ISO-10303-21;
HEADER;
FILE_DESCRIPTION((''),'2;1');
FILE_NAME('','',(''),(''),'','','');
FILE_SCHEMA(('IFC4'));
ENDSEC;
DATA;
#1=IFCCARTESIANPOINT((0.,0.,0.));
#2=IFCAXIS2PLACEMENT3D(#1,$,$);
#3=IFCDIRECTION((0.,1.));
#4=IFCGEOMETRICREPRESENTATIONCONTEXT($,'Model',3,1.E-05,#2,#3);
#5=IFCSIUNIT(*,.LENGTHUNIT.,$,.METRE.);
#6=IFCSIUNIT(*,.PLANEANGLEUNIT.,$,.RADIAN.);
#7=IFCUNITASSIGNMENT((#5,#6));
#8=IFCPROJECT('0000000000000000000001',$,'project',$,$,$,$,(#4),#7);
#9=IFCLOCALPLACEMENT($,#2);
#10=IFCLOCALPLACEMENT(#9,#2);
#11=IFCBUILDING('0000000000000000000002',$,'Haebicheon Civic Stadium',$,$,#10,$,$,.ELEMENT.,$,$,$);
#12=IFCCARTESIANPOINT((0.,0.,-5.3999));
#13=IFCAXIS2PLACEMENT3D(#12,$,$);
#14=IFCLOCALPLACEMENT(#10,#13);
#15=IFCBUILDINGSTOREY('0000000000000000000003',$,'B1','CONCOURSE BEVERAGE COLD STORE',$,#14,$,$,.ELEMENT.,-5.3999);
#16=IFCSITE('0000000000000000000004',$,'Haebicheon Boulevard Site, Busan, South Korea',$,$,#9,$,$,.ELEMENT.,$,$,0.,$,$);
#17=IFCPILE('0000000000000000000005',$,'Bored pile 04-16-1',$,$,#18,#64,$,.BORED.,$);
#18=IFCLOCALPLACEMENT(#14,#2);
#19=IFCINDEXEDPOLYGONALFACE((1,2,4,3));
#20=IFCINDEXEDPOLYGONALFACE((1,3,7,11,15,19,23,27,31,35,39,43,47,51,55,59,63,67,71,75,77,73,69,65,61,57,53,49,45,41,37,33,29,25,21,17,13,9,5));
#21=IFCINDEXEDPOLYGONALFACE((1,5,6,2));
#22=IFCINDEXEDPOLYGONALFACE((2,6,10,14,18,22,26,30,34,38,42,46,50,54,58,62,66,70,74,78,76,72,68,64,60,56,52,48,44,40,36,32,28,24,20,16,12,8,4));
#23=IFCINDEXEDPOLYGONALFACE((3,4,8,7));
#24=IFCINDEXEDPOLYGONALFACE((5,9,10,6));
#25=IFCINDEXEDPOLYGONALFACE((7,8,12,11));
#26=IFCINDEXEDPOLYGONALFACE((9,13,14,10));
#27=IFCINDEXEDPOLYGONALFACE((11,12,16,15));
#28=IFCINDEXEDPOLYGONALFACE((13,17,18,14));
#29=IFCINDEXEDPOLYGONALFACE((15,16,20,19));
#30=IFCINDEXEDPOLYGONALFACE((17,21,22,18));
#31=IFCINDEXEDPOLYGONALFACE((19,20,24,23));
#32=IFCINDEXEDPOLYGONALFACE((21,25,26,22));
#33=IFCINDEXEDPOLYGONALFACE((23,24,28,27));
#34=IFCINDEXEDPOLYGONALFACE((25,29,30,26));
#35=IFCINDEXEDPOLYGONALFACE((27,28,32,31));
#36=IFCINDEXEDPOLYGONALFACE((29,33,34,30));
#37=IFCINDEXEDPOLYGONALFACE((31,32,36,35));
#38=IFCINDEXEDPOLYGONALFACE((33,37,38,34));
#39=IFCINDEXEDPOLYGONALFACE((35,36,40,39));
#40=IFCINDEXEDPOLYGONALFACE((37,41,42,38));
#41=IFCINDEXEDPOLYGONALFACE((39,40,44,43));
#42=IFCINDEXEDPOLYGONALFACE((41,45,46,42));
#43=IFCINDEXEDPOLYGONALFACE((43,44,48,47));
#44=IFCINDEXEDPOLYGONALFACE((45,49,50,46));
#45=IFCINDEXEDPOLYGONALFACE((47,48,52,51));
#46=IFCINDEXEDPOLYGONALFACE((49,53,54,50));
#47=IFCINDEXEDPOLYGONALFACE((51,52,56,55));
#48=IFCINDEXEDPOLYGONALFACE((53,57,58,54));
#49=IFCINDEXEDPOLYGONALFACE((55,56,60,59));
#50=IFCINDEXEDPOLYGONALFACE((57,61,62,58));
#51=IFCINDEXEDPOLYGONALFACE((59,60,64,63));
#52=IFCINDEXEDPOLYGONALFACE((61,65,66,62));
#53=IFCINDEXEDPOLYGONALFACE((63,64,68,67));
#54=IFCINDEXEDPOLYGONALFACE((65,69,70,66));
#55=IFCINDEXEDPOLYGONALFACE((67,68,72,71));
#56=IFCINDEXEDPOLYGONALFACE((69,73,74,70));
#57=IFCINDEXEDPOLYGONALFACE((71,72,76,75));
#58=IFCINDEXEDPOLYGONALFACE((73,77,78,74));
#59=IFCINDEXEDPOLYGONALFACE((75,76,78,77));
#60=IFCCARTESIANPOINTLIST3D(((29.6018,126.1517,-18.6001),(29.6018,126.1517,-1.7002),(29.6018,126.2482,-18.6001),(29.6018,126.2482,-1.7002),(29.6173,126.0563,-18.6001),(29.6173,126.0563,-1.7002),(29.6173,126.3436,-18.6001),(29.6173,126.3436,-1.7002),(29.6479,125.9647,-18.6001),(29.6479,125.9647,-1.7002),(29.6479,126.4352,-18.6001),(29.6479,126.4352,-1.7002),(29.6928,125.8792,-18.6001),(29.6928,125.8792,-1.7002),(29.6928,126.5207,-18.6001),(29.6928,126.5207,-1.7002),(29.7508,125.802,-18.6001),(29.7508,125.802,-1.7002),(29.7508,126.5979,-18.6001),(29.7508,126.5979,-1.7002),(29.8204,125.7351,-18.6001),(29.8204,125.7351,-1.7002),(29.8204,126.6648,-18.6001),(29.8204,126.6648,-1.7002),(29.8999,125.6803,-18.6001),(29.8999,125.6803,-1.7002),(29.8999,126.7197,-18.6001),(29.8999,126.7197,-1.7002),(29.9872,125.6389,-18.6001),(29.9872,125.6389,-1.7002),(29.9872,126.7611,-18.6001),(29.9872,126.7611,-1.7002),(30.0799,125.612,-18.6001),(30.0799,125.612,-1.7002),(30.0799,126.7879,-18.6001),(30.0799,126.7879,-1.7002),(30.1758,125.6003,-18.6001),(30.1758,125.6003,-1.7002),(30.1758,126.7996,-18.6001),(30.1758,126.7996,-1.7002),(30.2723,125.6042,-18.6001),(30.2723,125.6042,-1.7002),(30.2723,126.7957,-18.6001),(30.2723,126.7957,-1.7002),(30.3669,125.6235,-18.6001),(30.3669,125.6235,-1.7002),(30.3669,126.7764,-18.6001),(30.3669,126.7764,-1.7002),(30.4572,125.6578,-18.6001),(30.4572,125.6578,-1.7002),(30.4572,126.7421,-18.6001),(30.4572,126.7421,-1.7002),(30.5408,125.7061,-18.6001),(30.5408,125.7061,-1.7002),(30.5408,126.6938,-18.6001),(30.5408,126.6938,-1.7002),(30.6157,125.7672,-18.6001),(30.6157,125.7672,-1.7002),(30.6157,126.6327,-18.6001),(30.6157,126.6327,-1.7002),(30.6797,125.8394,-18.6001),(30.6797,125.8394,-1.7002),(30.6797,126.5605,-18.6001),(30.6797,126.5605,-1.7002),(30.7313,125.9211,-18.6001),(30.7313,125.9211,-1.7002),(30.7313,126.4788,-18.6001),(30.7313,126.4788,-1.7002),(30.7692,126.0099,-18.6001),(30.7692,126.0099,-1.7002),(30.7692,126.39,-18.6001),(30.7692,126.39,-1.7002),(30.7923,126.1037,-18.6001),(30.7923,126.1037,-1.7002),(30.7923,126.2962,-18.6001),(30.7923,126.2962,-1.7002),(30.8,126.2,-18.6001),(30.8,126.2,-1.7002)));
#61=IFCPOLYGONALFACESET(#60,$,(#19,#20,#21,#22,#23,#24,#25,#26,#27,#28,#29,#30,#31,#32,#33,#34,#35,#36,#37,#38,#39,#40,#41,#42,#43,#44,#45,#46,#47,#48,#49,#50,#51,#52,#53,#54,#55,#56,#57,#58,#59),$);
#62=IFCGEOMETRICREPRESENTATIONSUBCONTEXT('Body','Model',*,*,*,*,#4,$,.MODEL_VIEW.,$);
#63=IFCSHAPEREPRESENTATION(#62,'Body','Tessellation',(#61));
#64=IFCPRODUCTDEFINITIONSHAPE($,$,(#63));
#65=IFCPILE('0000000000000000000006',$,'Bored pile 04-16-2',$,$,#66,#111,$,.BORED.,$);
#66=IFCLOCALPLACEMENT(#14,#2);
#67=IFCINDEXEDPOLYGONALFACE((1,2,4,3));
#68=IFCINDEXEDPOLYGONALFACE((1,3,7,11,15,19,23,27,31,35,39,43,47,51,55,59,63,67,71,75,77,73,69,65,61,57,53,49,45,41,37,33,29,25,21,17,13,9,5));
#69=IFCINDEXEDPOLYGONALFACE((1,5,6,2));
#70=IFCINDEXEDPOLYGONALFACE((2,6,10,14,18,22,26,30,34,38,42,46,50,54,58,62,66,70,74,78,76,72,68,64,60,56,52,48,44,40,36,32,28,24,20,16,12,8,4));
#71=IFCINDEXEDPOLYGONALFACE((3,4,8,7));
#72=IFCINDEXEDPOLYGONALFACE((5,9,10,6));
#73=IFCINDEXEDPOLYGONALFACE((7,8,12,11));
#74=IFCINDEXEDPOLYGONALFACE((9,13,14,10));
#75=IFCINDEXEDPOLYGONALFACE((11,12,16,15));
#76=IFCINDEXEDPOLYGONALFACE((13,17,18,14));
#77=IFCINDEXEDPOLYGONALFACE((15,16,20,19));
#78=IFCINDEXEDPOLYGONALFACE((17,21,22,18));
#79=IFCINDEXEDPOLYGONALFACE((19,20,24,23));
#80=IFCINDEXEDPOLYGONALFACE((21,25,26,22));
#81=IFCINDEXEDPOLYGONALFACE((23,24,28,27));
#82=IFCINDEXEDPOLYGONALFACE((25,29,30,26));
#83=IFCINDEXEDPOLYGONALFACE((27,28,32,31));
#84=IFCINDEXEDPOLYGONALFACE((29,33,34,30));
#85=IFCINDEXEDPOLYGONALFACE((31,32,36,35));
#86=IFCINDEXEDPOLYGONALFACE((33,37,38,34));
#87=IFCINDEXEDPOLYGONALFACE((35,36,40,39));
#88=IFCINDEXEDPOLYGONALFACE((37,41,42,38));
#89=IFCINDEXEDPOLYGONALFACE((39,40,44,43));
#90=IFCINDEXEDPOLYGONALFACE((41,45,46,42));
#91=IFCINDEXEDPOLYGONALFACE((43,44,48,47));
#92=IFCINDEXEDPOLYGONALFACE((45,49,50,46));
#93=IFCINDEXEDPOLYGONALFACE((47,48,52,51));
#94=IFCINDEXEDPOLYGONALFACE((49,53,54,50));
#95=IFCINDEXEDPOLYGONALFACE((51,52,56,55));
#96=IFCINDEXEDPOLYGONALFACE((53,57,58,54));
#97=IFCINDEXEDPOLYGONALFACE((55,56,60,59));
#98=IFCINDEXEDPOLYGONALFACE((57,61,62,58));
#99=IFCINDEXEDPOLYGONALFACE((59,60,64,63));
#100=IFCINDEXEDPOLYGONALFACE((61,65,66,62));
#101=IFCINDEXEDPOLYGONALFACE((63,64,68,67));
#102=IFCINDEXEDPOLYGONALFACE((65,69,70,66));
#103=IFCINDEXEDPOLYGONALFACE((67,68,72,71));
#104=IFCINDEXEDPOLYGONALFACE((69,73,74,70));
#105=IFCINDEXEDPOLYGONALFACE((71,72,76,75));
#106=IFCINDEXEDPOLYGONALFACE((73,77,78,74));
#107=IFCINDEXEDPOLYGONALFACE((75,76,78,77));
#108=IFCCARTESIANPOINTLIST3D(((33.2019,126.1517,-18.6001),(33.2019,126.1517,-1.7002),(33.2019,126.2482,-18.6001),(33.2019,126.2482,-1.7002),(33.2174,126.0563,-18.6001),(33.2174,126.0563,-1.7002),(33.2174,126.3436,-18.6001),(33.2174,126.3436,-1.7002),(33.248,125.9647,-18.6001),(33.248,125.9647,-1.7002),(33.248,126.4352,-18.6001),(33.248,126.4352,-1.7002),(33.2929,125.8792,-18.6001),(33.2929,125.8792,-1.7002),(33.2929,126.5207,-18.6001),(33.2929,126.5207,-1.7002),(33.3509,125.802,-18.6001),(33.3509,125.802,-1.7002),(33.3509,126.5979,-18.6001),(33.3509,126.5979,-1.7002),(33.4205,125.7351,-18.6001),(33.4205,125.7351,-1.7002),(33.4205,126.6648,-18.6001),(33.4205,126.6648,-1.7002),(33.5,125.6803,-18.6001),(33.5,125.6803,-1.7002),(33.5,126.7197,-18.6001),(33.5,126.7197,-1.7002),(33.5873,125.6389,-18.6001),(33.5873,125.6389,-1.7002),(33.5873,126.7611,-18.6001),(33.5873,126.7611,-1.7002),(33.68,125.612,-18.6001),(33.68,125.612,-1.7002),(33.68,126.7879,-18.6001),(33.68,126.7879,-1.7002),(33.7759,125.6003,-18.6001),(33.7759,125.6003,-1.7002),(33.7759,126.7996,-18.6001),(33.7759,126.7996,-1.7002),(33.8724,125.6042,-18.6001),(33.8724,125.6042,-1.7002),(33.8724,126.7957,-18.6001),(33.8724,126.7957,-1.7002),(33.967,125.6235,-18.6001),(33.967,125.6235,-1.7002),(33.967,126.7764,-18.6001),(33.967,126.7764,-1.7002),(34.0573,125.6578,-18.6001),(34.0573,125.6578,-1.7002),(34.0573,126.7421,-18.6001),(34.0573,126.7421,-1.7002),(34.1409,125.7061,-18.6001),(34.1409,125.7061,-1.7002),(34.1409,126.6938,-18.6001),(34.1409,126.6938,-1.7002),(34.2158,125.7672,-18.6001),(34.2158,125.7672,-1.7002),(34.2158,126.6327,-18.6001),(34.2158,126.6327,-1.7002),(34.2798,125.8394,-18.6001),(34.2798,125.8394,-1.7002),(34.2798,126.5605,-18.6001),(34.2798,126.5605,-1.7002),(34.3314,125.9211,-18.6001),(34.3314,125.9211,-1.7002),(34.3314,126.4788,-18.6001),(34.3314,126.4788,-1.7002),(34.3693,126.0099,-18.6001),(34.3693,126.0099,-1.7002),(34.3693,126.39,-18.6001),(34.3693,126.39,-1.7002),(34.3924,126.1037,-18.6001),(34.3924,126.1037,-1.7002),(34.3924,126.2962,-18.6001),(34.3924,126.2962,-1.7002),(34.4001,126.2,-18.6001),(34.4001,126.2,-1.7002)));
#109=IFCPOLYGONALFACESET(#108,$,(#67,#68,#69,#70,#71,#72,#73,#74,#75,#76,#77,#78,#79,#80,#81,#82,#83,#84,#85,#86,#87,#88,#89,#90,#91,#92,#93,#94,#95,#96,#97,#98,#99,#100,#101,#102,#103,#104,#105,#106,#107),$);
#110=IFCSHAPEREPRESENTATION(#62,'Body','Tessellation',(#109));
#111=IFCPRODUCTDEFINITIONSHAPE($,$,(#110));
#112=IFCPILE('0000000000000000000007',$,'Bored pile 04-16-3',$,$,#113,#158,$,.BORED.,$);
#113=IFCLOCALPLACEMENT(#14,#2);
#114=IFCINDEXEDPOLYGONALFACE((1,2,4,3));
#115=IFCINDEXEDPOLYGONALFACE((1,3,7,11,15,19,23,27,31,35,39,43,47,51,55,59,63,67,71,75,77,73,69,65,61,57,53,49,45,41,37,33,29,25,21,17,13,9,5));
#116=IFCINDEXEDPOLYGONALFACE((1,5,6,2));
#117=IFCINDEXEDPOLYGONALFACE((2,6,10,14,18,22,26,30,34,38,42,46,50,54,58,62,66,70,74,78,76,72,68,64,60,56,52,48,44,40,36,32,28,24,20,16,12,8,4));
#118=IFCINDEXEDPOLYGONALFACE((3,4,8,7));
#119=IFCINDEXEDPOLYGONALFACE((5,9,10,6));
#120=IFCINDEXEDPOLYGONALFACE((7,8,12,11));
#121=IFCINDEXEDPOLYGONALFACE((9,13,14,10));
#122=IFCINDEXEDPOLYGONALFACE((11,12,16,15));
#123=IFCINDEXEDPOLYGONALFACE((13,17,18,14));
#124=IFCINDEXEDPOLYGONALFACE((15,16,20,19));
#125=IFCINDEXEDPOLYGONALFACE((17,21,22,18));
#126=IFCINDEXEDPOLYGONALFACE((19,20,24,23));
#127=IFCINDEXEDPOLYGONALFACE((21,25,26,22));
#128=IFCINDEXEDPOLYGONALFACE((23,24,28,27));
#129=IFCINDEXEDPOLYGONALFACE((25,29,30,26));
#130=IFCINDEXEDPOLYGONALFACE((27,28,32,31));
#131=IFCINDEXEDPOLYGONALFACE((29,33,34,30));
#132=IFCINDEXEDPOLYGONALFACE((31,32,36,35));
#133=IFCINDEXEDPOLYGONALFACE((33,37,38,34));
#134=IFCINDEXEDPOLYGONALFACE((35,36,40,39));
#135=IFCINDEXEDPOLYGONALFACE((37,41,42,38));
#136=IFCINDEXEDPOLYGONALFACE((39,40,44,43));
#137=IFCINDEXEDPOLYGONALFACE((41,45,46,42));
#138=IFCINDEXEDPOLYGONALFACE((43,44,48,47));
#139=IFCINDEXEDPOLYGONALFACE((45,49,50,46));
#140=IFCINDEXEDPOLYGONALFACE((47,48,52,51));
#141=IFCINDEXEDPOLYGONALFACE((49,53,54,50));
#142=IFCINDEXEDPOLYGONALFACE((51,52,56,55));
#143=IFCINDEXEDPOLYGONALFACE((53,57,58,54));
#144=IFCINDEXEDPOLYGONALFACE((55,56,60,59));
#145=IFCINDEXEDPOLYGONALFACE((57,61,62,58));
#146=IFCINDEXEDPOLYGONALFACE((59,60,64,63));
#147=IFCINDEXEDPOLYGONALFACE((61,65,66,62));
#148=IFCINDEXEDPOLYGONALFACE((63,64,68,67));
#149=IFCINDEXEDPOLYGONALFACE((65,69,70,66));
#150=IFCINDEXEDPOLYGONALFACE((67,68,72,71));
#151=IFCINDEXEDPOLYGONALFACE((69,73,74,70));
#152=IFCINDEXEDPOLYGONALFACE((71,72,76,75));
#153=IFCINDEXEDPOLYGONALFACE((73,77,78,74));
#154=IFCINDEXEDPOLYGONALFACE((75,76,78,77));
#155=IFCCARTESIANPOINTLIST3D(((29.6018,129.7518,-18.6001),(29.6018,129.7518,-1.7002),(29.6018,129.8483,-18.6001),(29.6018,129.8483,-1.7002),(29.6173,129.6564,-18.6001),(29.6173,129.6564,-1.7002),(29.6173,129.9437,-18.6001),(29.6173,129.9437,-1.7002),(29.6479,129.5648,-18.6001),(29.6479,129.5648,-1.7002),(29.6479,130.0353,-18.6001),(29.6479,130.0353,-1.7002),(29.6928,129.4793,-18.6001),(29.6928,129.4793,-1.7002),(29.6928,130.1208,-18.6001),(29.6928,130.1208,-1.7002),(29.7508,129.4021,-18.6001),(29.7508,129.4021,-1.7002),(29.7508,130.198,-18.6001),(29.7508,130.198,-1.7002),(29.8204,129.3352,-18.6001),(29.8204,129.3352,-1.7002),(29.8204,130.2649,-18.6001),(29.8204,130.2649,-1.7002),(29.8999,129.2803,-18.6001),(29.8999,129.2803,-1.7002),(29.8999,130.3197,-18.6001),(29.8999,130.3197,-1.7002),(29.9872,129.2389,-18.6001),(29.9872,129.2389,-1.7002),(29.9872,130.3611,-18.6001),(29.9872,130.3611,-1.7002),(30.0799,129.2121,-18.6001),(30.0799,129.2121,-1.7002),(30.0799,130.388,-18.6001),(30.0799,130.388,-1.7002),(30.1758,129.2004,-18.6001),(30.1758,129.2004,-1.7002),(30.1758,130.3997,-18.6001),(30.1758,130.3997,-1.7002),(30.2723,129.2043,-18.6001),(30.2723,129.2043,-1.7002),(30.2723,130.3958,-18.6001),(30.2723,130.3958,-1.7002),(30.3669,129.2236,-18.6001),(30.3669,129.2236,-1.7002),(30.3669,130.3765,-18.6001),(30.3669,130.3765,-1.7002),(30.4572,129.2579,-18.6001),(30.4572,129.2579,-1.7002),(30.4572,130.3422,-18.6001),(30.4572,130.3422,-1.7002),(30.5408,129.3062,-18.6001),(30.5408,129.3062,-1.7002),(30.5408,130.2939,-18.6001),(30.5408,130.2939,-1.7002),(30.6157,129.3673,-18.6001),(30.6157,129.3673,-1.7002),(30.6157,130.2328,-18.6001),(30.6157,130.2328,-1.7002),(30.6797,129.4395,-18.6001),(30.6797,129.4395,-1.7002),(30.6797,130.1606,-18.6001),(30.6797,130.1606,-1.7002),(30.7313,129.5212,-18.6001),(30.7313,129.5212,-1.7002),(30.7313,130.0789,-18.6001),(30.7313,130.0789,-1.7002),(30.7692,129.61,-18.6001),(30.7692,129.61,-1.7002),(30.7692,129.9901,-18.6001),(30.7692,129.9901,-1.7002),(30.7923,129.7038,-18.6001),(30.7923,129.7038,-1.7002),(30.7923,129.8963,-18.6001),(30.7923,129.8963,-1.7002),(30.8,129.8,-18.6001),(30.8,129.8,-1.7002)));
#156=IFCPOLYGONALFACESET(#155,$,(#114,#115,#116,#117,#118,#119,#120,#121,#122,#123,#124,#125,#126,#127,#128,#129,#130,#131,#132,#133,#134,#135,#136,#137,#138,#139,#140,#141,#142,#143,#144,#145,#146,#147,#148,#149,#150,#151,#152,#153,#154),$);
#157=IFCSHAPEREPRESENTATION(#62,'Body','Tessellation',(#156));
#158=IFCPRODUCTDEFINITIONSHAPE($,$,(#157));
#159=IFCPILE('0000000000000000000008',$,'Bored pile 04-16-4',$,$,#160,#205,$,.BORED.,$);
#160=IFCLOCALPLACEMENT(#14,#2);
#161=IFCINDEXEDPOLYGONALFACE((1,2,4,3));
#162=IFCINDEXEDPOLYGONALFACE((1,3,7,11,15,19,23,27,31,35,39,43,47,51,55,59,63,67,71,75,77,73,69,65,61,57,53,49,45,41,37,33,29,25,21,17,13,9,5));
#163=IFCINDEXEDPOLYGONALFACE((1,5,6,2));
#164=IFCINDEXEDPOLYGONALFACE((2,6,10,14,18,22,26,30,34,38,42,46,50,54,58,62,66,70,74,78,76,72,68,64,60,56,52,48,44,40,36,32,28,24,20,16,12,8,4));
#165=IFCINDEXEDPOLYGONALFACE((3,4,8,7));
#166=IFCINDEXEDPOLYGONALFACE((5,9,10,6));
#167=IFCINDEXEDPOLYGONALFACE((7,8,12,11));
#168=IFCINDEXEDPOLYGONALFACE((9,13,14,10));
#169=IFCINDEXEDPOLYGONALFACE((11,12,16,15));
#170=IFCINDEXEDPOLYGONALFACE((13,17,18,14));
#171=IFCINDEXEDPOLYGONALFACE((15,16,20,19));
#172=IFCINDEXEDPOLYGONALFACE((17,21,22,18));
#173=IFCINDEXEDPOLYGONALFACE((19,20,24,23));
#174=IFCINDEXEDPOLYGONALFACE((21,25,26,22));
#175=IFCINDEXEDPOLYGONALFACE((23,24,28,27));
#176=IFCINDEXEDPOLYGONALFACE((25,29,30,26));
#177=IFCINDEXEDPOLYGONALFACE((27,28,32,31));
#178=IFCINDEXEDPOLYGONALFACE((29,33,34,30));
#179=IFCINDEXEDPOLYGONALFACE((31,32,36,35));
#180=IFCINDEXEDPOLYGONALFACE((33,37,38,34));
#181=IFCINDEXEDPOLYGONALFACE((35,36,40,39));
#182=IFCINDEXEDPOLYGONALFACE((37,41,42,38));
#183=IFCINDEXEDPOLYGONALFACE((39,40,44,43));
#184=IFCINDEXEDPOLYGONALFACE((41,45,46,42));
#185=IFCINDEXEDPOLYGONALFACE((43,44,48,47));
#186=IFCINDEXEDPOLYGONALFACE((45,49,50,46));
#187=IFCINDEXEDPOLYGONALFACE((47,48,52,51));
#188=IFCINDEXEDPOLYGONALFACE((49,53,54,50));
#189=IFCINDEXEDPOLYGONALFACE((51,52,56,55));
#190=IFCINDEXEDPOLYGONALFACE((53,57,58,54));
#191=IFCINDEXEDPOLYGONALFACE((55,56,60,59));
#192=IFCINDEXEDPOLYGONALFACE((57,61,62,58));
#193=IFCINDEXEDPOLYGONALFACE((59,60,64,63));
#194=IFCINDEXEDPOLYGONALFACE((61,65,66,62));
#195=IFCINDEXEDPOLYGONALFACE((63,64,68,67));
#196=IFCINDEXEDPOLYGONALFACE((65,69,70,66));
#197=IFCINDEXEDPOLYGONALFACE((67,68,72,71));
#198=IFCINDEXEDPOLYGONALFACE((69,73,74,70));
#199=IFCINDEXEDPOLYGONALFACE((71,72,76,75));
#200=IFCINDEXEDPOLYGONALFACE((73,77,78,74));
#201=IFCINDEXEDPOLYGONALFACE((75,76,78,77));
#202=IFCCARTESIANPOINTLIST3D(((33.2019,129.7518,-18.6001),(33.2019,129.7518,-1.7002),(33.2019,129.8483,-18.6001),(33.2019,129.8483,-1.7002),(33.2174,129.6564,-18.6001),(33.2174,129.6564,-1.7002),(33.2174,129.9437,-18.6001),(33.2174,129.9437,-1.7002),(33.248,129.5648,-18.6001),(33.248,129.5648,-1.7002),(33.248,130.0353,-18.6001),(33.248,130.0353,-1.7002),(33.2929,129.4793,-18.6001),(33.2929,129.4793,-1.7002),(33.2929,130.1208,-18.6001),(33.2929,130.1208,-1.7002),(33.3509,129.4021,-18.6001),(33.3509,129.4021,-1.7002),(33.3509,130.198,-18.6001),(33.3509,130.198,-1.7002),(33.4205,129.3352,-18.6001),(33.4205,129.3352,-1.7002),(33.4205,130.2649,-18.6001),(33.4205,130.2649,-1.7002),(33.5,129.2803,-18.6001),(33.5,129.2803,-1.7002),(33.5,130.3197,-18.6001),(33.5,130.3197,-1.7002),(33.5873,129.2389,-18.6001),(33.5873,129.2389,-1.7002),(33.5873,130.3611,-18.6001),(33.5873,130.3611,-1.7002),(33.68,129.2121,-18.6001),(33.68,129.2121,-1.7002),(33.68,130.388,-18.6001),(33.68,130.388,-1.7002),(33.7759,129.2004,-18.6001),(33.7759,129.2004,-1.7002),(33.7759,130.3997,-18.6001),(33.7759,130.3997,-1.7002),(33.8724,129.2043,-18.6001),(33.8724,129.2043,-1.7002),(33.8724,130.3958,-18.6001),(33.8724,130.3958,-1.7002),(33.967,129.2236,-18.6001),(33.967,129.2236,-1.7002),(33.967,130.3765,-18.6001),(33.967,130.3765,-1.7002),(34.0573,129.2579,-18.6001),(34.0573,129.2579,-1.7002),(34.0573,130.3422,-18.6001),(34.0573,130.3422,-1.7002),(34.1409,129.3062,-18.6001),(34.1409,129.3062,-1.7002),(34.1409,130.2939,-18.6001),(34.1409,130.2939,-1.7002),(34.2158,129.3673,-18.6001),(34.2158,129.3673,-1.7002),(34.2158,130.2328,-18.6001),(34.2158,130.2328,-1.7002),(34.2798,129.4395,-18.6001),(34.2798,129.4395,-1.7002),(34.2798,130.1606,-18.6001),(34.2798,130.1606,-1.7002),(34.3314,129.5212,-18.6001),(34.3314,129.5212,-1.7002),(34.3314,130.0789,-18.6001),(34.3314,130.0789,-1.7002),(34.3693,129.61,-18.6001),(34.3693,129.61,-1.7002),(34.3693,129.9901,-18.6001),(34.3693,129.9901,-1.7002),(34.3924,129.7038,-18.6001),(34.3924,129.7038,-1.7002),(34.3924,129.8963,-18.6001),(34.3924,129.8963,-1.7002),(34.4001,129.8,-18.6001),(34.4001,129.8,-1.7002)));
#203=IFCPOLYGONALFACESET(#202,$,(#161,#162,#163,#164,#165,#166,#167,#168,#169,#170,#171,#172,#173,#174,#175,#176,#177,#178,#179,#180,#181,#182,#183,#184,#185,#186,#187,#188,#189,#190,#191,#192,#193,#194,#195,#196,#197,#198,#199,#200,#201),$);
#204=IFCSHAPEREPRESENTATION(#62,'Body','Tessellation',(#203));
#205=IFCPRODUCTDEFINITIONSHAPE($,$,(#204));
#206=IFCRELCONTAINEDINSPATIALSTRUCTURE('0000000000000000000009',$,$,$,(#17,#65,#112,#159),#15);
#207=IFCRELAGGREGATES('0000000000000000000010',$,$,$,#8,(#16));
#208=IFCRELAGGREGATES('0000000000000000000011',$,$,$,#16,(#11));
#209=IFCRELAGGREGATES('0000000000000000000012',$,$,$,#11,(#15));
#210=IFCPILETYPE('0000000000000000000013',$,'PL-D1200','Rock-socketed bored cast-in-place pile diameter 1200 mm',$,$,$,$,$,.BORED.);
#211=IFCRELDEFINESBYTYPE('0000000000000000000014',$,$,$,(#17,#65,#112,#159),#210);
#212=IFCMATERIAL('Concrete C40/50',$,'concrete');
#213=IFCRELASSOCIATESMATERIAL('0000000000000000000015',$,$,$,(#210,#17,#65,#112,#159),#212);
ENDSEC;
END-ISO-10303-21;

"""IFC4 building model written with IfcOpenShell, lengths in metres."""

from ifc_helpers import new_model, si_unit, direction, frame, origin, origin_2d, place, context, subcontext, project, spatial, circle, extrude, material, material_profile, profile_set, type_object, element, save


model = new_model("IFC4")

# Units and contexts
model_context = context("Model", 3, precision=1e-05, world=origin(), true_north=direction((0.0, 1.0)))
body_context = subcontext(model_context, "Body", "Model", "MODEL_VIEW")
ifc_project = project(units=[si_unit("LENGTHUNIT", "METRE"), si_unit("PLANEANGLEUNIT", "RADIAN")], contexts=[model_context])

# Site, building, storey
site_placement = place(None, origin())
site = spatial("IfcSite", under=ifc_project, at=site_placement, Name="Haebicheon Boulevard Site, Busan, South Korea", CompositionType="ELEMENT", RefElevation=0.0)
building_placement = place(site_placement, origin())
building = spatial("IfcBuilding", under=site, at=building_placement, Name="Haebicheon Civic Stadium", CompositionType="ELEMENT")
storey_placement = place(building_placement, frame((0.0, 0.0, -5.3999)))
storey = spatial("IfcBuildingStorey", under=building, at=storey_placement, Name="B1", Description="CONCOURSE BEVERAGE COLD STORE", CompositionType="ELEMENT", Elevation=-5.3999)

# Piles
ifc_material_1 = material(Name="Concrete C40/50", Category="concrete")
ifc_material_profile_1 = material_profile(ifc_material_1, circle(Radius=0.6001, at=origin_2d()), Name="PILE-D1200")
ifc_profile_set_1 = profile_set([ifc_material_profile_1], Name="Concrete C40/50")
pile_type = type_object("IfcPileType", Name="PL-D1200", Description="Rock-socketed bored cast-in-place pile diameter 1200 mm", PredefinedType="BORED", material=ifc_profile_set_1)
for number, where, z_axis, x_axis, name in (
    (1, (30.2, 126.2, -1.7002), (0.0, 0.0, -1.0), (1.0, 0.0, 0.0), "Bored pile 04-16-1"),
    (2, (33.8, 126.2, -1.7002), (0.0, 0.0, -1.0), (1.0, 0.0, 0.0), "Bored pile 04-16-2"),
    (3, (30.2, 129.8, -1.7002), (0.0, 0.0, -1.0), (1.0, 0.0, 0.0), "Bored pile 04-16-3"),
    (4, (33.8, 129.8, -1.7002), (0.0, 0.0, -1.0), (1.0, 0.0, 0.0), "Bored pile 04-16-4"),
):
    element("IfcPile", number, at=place(storey_placement, frame(where, z_axis=z_axis, x_axis=x_axis)), inside=storey, type_object=pile_type, material=ifc_profile_set_1, Name=name, PredefinedType="BORED", context=body_context, shape_type="SweptSolid", body=[
        extrude(circle(Radius=0.6001, at=origin_2d()), origin(), (0.0, 0.0, 1.0), 16.8999),
    ])

save(model, "model.ifc")
